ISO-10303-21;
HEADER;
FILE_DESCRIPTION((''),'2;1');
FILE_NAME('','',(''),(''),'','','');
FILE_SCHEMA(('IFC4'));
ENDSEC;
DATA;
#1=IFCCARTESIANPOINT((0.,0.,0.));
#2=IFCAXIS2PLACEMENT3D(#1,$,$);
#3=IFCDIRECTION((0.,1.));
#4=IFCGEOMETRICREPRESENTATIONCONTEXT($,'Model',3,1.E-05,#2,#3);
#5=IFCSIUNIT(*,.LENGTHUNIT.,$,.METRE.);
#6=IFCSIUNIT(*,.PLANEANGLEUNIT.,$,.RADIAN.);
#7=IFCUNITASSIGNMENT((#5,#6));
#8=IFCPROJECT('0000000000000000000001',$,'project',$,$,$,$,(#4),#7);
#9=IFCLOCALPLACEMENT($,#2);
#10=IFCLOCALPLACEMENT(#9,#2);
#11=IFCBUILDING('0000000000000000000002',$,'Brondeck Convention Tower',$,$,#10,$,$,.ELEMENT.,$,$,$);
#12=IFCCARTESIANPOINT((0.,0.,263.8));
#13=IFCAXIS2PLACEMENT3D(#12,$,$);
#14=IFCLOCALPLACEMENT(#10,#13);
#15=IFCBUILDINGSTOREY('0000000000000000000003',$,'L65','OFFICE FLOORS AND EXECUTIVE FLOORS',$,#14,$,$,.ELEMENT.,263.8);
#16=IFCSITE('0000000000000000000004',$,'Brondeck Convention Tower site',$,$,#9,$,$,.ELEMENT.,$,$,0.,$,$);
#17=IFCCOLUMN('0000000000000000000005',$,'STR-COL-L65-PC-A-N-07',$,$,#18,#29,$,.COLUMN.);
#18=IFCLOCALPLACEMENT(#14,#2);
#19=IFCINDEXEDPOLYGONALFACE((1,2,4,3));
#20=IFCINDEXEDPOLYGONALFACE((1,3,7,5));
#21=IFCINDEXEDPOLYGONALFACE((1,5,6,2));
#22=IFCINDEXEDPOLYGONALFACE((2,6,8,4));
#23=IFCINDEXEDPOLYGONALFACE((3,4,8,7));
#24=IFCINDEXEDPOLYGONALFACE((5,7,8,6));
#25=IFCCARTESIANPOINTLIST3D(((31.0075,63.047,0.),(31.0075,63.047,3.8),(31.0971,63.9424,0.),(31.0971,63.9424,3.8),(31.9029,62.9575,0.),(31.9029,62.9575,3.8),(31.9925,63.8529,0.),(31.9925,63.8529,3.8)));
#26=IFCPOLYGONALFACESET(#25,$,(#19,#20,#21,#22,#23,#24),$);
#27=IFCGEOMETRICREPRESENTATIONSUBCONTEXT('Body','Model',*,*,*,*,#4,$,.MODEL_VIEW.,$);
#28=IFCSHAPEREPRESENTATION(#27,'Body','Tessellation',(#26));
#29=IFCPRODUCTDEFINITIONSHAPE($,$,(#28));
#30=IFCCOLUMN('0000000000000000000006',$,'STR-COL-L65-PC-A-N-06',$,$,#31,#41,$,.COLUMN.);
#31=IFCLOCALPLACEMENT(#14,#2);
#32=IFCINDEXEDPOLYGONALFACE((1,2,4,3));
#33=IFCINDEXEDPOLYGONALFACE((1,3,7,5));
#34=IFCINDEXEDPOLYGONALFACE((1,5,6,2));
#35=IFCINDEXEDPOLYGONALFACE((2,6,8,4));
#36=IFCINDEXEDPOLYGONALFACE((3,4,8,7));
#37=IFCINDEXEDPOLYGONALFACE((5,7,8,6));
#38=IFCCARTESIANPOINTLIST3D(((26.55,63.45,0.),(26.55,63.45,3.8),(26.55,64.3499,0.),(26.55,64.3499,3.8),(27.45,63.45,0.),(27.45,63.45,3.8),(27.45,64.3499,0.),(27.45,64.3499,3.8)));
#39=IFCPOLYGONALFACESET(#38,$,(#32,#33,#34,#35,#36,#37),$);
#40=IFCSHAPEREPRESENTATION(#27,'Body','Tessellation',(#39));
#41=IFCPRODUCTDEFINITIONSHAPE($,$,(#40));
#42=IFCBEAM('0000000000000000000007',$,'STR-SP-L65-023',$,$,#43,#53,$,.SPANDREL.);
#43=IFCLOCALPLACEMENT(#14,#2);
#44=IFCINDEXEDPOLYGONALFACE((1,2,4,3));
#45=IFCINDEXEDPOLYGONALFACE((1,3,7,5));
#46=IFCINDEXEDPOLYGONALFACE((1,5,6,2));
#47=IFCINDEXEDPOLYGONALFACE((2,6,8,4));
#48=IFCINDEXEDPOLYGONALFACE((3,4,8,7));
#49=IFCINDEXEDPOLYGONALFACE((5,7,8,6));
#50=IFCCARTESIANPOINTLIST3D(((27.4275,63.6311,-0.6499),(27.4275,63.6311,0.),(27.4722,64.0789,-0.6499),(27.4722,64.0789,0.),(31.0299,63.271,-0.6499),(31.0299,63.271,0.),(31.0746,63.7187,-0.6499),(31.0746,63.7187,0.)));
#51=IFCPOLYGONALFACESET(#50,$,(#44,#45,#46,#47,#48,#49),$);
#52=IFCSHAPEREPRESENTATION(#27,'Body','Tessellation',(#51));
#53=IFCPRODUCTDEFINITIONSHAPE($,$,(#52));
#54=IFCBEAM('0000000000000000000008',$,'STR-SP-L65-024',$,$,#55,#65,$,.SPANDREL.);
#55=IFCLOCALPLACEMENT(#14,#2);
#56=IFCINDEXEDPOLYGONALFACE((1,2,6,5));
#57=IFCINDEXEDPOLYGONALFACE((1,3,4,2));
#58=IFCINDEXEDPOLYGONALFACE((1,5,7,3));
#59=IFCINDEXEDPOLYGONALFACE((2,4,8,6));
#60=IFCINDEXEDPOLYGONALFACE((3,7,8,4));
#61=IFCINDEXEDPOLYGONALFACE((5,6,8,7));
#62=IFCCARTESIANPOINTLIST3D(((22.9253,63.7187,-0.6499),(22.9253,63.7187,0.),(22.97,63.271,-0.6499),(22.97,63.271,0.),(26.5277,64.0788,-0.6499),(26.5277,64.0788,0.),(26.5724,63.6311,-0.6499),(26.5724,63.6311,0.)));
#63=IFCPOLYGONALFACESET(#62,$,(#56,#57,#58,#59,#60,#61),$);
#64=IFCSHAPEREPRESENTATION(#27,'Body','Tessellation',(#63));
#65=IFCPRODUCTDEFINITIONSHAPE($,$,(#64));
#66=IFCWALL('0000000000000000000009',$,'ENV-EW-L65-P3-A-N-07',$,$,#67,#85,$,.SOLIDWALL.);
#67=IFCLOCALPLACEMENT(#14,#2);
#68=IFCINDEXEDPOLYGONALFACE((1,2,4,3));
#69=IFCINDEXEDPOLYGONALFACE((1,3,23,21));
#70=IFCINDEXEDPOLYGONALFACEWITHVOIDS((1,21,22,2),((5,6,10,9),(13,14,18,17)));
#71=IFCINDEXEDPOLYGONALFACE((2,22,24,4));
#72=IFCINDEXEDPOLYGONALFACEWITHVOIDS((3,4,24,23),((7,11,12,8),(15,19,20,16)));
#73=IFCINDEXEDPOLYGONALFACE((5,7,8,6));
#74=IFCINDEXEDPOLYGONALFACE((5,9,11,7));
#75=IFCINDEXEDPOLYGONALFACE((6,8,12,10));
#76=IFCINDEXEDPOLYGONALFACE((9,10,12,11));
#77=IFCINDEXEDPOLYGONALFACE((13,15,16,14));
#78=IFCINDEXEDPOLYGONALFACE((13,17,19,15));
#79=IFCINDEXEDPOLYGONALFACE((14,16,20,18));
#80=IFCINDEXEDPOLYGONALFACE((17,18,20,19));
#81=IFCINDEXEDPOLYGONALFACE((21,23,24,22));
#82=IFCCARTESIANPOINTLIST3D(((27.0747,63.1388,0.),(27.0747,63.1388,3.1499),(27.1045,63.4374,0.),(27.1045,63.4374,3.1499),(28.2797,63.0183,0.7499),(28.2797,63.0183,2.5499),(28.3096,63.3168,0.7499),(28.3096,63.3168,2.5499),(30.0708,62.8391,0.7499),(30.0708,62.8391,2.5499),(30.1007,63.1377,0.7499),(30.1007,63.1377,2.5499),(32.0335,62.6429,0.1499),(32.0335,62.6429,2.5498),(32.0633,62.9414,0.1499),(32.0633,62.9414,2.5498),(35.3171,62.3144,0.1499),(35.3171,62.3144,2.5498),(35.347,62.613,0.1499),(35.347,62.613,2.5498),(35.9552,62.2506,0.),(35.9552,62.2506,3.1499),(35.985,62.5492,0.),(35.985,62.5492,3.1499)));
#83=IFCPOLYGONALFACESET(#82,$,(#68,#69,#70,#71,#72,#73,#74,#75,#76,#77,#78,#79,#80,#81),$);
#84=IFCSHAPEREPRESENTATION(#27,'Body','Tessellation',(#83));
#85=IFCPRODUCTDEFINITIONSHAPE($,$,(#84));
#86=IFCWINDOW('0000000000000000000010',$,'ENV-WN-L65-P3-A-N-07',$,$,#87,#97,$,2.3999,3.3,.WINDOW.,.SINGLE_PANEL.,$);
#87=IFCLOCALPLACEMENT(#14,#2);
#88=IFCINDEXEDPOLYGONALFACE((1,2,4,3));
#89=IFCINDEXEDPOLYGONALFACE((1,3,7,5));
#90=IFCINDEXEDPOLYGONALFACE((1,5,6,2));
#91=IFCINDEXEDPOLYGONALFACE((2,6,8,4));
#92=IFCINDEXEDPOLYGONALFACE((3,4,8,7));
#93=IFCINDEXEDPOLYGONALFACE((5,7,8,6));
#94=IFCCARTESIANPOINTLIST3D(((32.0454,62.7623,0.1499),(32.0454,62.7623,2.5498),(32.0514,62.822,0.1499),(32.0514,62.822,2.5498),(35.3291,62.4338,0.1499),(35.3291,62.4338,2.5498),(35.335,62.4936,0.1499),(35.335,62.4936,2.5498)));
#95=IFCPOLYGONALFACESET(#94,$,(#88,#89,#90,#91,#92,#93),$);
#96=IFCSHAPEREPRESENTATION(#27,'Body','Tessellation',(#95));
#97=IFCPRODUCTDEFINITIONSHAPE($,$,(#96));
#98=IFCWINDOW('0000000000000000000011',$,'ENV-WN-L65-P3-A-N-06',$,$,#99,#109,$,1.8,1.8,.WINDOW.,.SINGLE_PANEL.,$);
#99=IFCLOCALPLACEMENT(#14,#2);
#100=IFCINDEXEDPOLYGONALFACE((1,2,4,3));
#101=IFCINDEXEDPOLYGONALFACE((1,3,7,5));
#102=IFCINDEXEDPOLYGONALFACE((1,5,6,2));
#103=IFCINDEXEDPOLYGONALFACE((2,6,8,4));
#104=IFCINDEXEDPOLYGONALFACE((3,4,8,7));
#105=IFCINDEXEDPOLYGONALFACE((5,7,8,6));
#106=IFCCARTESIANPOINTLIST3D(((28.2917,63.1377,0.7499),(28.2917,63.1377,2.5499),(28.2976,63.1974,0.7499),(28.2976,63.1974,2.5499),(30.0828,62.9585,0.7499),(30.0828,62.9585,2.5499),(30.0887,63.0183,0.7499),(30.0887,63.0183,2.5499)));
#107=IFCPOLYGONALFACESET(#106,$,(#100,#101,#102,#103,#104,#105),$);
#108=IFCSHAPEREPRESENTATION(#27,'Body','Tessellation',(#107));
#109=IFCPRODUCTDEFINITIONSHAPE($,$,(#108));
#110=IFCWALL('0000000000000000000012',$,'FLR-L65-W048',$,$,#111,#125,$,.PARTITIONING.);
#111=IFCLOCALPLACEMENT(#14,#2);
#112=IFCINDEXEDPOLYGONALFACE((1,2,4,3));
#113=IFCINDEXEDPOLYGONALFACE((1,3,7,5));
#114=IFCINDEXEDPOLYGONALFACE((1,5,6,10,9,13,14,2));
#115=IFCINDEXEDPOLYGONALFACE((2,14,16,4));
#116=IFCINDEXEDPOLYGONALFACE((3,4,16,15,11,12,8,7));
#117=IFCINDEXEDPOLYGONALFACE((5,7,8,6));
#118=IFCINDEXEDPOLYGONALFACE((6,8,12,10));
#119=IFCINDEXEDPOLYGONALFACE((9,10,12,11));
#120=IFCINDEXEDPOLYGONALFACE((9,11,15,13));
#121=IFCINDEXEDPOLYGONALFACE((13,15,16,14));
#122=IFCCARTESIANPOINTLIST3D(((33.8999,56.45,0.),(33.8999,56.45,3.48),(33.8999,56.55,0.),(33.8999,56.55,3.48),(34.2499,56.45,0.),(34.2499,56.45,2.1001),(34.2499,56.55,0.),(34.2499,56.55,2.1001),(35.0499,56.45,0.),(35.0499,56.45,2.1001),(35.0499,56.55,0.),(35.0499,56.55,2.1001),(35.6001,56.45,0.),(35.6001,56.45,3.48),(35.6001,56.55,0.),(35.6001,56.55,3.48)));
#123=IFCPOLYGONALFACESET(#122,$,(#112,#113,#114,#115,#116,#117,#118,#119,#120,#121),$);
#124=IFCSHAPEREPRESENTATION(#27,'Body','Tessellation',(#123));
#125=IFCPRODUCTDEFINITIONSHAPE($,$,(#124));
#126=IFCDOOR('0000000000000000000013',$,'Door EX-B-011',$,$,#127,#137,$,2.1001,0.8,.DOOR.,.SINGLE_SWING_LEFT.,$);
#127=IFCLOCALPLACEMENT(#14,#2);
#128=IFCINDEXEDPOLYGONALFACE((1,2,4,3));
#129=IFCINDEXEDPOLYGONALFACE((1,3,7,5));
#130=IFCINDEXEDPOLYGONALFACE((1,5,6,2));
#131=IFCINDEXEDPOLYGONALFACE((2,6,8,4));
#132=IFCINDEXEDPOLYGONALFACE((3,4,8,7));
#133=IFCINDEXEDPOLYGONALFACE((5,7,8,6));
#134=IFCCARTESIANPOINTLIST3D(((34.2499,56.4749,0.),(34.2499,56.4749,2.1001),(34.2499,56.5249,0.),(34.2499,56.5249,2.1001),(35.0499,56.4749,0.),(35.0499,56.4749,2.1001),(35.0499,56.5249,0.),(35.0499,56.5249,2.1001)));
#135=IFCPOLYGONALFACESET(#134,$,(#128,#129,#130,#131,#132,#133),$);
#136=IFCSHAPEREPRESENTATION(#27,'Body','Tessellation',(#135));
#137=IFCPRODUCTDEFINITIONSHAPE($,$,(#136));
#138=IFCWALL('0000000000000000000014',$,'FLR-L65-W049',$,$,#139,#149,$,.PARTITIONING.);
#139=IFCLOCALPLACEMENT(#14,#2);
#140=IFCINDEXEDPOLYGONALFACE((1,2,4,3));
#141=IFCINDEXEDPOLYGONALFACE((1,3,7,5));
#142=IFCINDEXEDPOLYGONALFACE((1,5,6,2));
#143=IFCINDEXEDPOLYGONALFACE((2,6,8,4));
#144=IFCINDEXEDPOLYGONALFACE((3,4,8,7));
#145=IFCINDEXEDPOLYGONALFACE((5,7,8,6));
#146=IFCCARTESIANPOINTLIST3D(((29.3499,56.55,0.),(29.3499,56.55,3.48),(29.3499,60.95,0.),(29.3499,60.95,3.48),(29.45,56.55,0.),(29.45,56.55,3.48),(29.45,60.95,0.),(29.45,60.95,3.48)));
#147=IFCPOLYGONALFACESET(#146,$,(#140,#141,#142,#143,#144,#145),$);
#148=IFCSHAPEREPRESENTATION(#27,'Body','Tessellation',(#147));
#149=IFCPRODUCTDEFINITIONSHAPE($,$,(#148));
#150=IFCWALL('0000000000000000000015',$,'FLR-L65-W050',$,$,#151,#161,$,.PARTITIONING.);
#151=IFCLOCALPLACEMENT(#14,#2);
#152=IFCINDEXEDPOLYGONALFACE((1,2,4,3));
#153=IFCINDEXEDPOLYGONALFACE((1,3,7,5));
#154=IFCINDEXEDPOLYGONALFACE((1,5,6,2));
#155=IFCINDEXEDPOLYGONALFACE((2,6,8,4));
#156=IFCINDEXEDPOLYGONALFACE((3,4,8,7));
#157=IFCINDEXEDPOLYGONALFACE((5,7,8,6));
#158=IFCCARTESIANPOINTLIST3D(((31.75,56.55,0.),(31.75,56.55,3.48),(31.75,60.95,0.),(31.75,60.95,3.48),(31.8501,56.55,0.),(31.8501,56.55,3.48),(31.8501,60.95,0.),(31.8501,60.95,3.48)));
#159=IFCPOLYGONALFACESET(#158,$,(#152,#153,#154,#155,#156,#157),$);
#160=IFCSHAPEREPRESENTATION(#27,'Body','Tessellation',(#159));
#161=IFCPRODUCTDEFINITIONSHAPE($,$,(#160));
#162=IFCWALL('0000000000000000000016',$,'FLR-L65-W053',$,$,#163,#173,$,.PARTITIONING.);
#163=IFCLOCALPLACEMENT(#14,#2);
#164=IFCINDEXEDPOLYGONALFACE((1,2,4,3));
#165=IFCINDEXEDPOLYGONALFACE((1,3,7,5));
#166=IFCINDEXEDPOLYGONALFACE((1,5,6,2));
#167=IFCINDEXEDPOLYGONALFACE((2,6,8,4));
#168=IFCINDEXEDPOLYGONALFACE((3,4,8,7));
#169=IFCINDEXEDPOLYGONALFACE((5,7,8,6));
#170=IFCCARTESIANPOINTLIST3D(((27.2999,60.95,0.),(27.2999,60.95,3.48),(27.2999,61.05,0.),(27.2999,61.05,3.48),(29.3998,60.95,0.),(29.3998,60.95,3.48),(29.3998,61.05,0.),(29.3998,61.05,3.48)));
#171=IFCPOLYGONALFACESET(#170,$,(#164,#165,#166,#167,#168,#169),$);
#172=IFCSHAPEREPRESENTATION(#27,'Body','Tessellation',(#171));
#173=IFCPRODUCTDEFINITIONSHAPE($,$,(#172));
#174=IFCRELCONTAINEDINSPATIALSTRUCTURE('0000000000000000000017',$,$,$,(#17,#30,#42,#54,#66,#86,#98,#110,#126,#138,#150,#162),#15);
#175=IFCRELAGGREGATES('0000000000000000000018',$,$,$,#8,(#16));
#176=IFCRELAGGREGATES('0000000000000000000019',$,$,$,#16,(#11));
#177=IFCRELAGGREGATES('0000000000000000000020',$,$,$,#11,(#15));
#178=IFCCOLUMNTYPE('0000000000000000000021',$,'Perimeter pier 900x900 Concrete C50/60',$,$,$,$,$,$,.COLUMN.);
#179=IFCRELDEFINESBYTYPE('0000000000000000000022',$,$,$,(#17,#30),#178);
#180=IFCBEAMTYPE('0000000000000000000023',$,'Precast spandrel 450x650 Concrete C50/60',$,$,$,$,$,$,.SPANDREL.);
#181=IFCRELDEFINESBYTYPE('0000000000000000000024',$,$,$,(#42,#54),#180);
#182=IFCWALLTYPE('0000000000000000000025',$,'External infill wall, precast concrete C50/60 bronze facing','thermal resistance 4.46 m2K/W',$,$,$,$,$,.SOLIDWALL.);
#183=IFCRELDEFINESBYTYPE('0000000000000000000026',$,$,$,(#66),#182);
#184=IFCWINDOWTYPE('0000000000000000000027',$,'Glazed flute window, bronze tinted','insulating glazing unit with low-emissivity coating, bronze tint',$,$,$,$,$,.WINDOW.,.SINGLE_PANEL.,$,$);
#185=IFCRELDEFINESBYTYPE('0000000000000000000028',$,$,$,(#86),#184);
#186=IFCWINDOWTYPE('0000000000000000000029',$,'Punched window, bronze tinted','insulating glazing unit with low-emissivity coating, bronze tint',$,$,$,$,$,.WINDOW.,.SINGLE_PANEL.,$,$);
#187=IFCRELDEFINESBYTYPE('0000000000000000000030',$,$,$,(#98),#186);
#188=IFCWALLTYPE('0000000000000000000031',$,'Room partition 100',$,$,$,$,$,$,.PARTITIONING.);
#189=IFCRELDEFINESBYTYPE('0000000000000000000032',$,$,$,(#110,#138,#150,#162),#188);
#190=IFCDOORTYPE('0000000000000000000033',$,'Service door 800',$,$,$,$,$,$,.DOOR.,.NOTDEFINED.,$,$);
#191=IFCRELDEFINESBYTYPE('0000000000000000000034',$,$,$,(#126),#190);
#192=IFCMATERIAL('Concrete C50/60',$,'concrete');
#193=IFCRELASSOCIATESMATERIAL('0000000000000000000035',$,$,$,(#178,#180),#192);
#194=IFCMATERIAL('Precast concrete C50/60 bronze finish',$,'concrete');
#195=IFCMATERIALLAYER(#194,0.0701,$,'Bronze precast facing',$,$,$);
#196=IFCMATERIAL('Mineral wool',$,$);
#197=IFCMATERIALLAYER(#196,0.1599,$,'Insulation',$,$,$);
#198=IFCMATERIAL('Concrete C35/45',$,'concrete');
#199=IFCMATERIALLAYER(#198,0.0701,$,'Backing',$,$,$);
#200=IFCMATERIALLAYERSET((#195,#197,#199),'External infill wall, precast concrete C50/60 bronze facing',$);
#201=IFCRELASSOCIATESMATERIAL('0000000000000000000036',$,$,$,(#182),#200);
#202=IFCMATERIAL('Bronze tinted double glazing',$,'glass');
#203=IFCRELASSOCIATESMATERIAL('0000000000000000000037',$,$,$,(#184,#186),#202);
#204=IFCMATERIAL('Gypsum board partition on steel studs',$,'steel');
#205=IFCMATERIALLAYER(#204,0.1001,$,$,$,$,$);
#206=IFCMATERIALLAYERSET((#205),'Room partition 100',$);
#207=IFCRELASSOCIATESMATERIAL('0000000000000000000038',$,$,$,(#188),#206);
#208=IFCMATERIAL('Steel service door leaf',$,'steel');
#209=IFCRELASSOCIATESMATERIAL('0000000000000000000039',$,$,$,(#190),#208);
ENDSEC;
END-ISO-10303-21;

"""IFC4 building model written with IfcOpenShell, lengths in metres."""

from ifc_helpers import new_model, si_unit, direction, frame, frame_2d, origin, origin_2d, place, context, subcontext, project, spatial, rectangle, extrude, material, layer, layer_set, material_profile, profile_set, type_object, element, fill, save


model = new_model("IFC4")

# Units and contexts
model_context = context("Model", 3, precision=1e-05, world=origin(), true_north=direction((0.0, 1.0)))
body_context = subcontext(model_context, "Body", "Model", "MODEL_VIEW")
ifc_project = project(units=[si_unit("LENGTHUNIT", "METRE"), si_unit("PLANEANGLEUNIT", "RADIAN")], contexts=[model_context])

# Site, building, storey
site_placement = place(None, origin())
site = spatial("IfcSite", under=ifc_project, at=site_placement, Name="Brondeck Convention Tower site", CompositionType="ELEMENT", RefElevation=0.0)
building_placement = place(site_placement, origin())
building = spatial("IfcBuilding", under=site, at=building_placement, Name="Brondeck Convention Tower", CompositionType="ELEMENT")
storey_placement = place(building_placement, frame((0.0, 0.0, 263.8)))
storey = spatial("IfcBuildingStorey", under=building, at=storey_placement, Name="L65", Description="OFFICE FLOORS AND EXECUTIVE FLOORS", CompositionType="ELEMENT", Elevation=263.8)

# Columns
ifc_material_1 = material(Name="Concrete C50/60", Category="concrete")
ifc_material_profile_1 = material_profile(ifc_material_1, rectangle(XDim=0.8999, YDim=0.8999, at=origin_2d()), Name="Perimeter pier 900x900 Concrete C50/60")
ifc_profile_set_1 = profile_set([ifc_material_profile_1], Name="Concrete C50/60")
column_type = type_object("IfcColumnType", Name="Perimeter pier 900x900 Concrete C50/60", PredefinedType="COLUMN", material=ifc_profile_set_1)
for number, where, z_axis, x_axis, name in (
    (1, (31.5, 63.45, 0.0), (0.0, 0.0, 1.0), (-0.995037, 0.099504, 0.0), "STR-COL-L65-PC-A-N-07"),
    (2, (27.0, 63.8999, 0.0), (0.0, 0.0, 1.0), (-1.0, 0.0, 0.0), "STR-COL-L65-PC-A-N-06"),
):
    element("IfcColumn", number, at=place(storey_placement, frame(where, z_axis=z_axis, x_axis=x_axis)), inside=storey, type_object=column_type, Name=name, PredefinedType="COLUMN", context=body_context, shape_type="SweptSolid", body=[
        extrude(rectangle(XDim=0.8999, YDim=0.8999, at=origin_2d()), origin(), (0.0, 0.0, 1.0), 3.8),
    ])

# Beams
ifc_material_profile_2 = material_profile(ifc_material_1, rectangle(XDim=0.45, YDim=0.6499, at=origin_2d()), Name="Precast spandrel 450x650 Concrete C50/60")
ifc_profile_set_2 = profile_set([ifc_material_profile_2], Name="Concrete C50/60")
beam_type = type_object("IfcBeamType", Name="Precast spandrel 450x650 Concrete C50/60", PredefinedType="SPANDREL", material=ifc_profile_set_2)
for number, where, z_axis, x_axis, name in (
    (3, (31.0522, 63.4949, -0.325), (-0.995041, 0.09947, 0.0), (-0.09947, -0.995041, 0.0), "STR-SP-L65-023"),
    (4, (26.55, 63.855, -0.325), (-0.995041, -0.09947, 0.0), (0.09947, -0.995041, 0.0), "STR-SP-L65-024"),
):
    element("IfcBeam", number, at=place(storey_placement, frame(where, z_axis=z_axis, x_axis=x_axis)), inside=storey, type_object=beam_type, Name=name, PredefinedType="SPANDREL", context=body_context, shape_type="SweptSolid", body=[
        extrude(rectangle(XDim=0.45, YDim=0.6499, at=origin_2d()), origin(), (0.0, 0.0, 1.0), 3.6204),
    ])

# Wall, openings, windows
ifc_material_2 = material(Name="Precast concrete C50/60 bronze finish", Category="concrete")
ifc_layer_1 = layer(ifc_material_2, 0.0701, Name="Bronze precast facing")
ifc_material_3 = material(Name="Mineral wool")
ifc_layer_2 = layer(ifc_material_3, 0.1599, Name="Insulation")
ifc_material_4 = material(Name="Concrete C35/45", Category="concrete")
ifc_layer_3 = layer(ifc_material_4, 0.0701, Name="Backing")
ifc_layer_set_1 = layer_set([ifc_layer_1, ifc_layer_2, ifc_layer_3], Name="External infill wall, precast concrete C50/60 bronze facing")
wall_type_1 = type_object("IfcWallType", Name="External infill wall, precast concrete C50/60 bronze facing", Description="thermal resistance 4.46 m2K/W", PredefinedType="SOLIDWALL", material=ifc_layer_set_1)
wall_1_placement = place(storey_placement, frame((27.0896, 63.2881, 0.0), z_axis=(0.0, 0.0, 1.0), x_axis=(0.995036, -0.099517, 0.0)))
wall_1 = element("IfcWall", 5, at=wall_1_placement, inside=storey, type_object=wall_type_1, Name="ENV-EW-L65-P3-A-N-07", PredefinedType="SOLIDWALL", context=body_context, shape_type="SweptSolid", body=[
    extrude(rectangle(XDim=8.9248, YDim=0.3, at=frame_2d((4.4624, 0.0))), origin(), (0.0, 0.0, 1.0), 3.1499),
])
opening_1_placement = place(wall_1_placement, frame((1.2112, 0.0, 0.75)))
opening_1 = element("IfcOpeningElement", 6, at=opening_1_placement, cuts=wall_1, PredefinedType="OPENING", context=body_context, shape_type="SweptSolid", body=[
    extrude(rectangle(XDim=1.8, YDim=1.8, at=frame_2d((0.8999, 0.8999))), frame((0.0, 0.1599, 0.0), z_axis=(0.0, -1.0, 0.0), x_axis=(1.0, 0.0, 0.0)), (0.0, 0.0, 1.0), 0.3201),
])
opening_2_placement = place(wall_1_placement, frame((4.9836, 0.0, 0.1499)))
opening_2 = element("IfcOpeningElement", 7, at=opening_2_placement, cuts=wall_1, PredefinedType="OPENING", context=body_context, shape_type="SweptSolid", body=[
    extrude(rectangle(XDim=3.3, YDim=2.3999, at=frame_2d((1.6499, 1.2))), frame((0.0, 0.1599, 0.0), z_axis=(0.0, -1.0, 0.0), x_axis=(1.0, 0.0, 0.0)), (0.0, 0.0, 1.0), 0.3201),
])
ifc_material_5 = material(Name="Bronze tinted double glazing", Category="glass")
window_type_1 = type_object("IfcWindowType", Name="Glazed flute window, bronze tinted", Description="insulating glazing unit with low-emissivity coating, bronze tint", PartitioningType="SINGLE_PANEL", PredefinedType="WINDOW", material=ifc_material_5)
window_1_placement = place(opening_2_placement, origin())
window_1 = element("IfcWindow", 8, at=window_1_placement, inside=storey, type_object=window_type_1, Name="ENV-WN-L65-P3-A-N-07", OverallHeight=2.3999, OverallWidth=3.3, PartitioningType="SINGLE_PANEL", PredefinedType="WINDOW", context=body_context, shape_type="SweptSolid", body=[
    extrude(rectangle(XDim=3.3, YDim=2.3999, at=frame_2d((1.6499, 1.2))), frame((0.0, 0.03, 0.0), z_axis=(0.0, -1.0, 0.0), x_axis=(1.0, 0.0, 0.0)), (0.0, 0.0, 1.0), 0.0601),
])
fill(opening_2, window_1)
window_type_2 = type_object("IfcWindowType", Name="Punched window, bronze tinted", Description="insulating glazing unit with low-emissivity coating, bronze tint", PartitioningType="SINGLE_PANEL", PredefinedType="WINDOW", material=ifc_material_5)
window_2_placement = place(opening_1_placement, origin())
window_2 = element("IfcWindow", 9, at=window_2_placement, inside=storey, type_object=window_type_2, Name="ENV-WN-L65-P3-A-N-06", OverallHeight=1.8, OverallWidth=1.8, PartitioningType="SINGLE_PANEL", PredefinedType="WINDOW", context=body_context, shape_type="SweptSolid", body=[
    extrude(rectangle(XDim=1.8, YDim=1.8, at=frame_2d((0.8999, 0.8999))), frame((0.0, 0.03, 0.0), z_axis=(0.0, -1.0, 0.0), x_axis=(1.0, 0.0, 0.0)), (0.0, 0.0, 1.0), 0.0601),
])
fill(opening_1, window_2)

# Wall, opening, door
ifc_material_6 = material(Name="Gypsum board partition on steel studs", Category="steel")
ifc_layer_4 = layer(ifc_material_6, 0.1001)
ifc_layer_set_2 = layer_set([ifc_layer_4], Name="Room partition 100")
wall_type_2 = type_object("IfcWallType", Name="Room partition 100", PredefinedType="PARTITIONING", material=ifc_layer_set_2)
wall_2_placement = place(storey_placement, frame((33.8999, 56.5, 0.0), z_axis=(0.0, 0.0, 1.0), x_axis=(1.0, 0.0, 0.0)))
wall_2 = element("IfcWall", 10, at=wall_2_placement, inside=storey, type_object=wall_type_2, Name="FLR-L65-W048", PredefinedType="PARTITIONING", context=body_context, shape_type="SweptSolid", body=[
    extrude(rectangle(XDim=1.7002, YDim=0.1001, at=frame_2d((0.8501, 0.0))), origin(), (0.0, 0.0, 1.0), 3.48),
])
opening_3_placement = place(wall_2_placement, frame((0.3501, 0.0, 0.0)))
opening_3 = element("IfcOpeningElement", 11, at=opening_3_placement, cuts=wall_2, PredefinedType="OPENING", context=body_context, shape_type="SweptSolid", body=[
    extrude(rectangle(XDim=0.8, YDim=2.1001, at=frame_2d((0.3999, 1.05))), frame((0.0, 0.0601, 0.0), z_axis=(0.0, -1.0, 0.0), x_axis=(1.0, 0.0, 0.0)), (0.0, 0.0, 1.0), 0.1201),
])
ifc_material_7 = material(Name="Steel service door leaf", Category="steel")
door_type = type_object("IfcDoorType", Name="Service door 800", OperationType="NOTDEFINED", PredefinedType="DOOR", material=ifc_material_7)
door_placement = place(opening_3_placement, origin())
door = element("IfcDoor", 12, at=door_placement, inside=storey, type_object=door_type, Name="Door EX-B-011", OperationType="SINGLE_SWING_LEFT", OverallHeight=2.1001, OverallWidth=0.8, PredefinedType="DOOR", context=body_context, shape_type="SweptSolid", body=[
    extrude(rectangle(XDim=0.8, YDim=2.1001, at=frame_2d((0.3999, 1.05))), frame((0.0, 0.0249, 0.0), z_axis=(0.0, -1.0, 0.0), x_axis=(1.0, 0.0, 0.0)), (0.0, 0.0, 1.0), 0.05),
])
fill(opening_3, door)

# Walls
for number, where, z_axis, x_axis, name in (
    (13, (29.3999, 60.95, 0.0), (0.0, 0.0, 1.0), (0.0, -1.0, 0.0), "FLR-L65-W049"),
    (14, (31.8, 60.95, 0.0), (0.0, 0.0, 1.0), (0.0, -1.0, 0.0), "FLR-L65-W050"),
):
    element("IfcWall", number, at=place(storey_placement, frame(where, z_axis=z_axis, x_axis=x_axis)), inside=storey, type_object=wall_type_2, Name=name, PredefinedType="PARTITIONING", context=body_context, shape_type="SweptSolid", body=[
        extrude(rectangle(XDim=4.3999, YDim=0.1001, at=frame_2d((2.2, 0.0))), origin(), (0.0, 0.0, 1.0), 3.48),
    ])
wall_3_placement = place(storey_placement, frame((27.3, 61.0, 0.0), z_axis=(0.0, 0.0, 1.0), x_axis=(1.0, 0.0, 0.0)))
element("IfcWall", 15, at=wall_3_placement, inside=storey, type_object=wall_type_2, Name="FLR-L65-W053", PredefinedType="PARTITIONING", context=body_context, shape_type="SweptSolid", body=[
    extrude(rectangle(XDim=2.0999, YDim=0.1001, at=frame_2d((1.0498, 0.0))), origin(), (0.0, 0.0, 1.0), 3.48),
])

save(model, "model.ifc")
